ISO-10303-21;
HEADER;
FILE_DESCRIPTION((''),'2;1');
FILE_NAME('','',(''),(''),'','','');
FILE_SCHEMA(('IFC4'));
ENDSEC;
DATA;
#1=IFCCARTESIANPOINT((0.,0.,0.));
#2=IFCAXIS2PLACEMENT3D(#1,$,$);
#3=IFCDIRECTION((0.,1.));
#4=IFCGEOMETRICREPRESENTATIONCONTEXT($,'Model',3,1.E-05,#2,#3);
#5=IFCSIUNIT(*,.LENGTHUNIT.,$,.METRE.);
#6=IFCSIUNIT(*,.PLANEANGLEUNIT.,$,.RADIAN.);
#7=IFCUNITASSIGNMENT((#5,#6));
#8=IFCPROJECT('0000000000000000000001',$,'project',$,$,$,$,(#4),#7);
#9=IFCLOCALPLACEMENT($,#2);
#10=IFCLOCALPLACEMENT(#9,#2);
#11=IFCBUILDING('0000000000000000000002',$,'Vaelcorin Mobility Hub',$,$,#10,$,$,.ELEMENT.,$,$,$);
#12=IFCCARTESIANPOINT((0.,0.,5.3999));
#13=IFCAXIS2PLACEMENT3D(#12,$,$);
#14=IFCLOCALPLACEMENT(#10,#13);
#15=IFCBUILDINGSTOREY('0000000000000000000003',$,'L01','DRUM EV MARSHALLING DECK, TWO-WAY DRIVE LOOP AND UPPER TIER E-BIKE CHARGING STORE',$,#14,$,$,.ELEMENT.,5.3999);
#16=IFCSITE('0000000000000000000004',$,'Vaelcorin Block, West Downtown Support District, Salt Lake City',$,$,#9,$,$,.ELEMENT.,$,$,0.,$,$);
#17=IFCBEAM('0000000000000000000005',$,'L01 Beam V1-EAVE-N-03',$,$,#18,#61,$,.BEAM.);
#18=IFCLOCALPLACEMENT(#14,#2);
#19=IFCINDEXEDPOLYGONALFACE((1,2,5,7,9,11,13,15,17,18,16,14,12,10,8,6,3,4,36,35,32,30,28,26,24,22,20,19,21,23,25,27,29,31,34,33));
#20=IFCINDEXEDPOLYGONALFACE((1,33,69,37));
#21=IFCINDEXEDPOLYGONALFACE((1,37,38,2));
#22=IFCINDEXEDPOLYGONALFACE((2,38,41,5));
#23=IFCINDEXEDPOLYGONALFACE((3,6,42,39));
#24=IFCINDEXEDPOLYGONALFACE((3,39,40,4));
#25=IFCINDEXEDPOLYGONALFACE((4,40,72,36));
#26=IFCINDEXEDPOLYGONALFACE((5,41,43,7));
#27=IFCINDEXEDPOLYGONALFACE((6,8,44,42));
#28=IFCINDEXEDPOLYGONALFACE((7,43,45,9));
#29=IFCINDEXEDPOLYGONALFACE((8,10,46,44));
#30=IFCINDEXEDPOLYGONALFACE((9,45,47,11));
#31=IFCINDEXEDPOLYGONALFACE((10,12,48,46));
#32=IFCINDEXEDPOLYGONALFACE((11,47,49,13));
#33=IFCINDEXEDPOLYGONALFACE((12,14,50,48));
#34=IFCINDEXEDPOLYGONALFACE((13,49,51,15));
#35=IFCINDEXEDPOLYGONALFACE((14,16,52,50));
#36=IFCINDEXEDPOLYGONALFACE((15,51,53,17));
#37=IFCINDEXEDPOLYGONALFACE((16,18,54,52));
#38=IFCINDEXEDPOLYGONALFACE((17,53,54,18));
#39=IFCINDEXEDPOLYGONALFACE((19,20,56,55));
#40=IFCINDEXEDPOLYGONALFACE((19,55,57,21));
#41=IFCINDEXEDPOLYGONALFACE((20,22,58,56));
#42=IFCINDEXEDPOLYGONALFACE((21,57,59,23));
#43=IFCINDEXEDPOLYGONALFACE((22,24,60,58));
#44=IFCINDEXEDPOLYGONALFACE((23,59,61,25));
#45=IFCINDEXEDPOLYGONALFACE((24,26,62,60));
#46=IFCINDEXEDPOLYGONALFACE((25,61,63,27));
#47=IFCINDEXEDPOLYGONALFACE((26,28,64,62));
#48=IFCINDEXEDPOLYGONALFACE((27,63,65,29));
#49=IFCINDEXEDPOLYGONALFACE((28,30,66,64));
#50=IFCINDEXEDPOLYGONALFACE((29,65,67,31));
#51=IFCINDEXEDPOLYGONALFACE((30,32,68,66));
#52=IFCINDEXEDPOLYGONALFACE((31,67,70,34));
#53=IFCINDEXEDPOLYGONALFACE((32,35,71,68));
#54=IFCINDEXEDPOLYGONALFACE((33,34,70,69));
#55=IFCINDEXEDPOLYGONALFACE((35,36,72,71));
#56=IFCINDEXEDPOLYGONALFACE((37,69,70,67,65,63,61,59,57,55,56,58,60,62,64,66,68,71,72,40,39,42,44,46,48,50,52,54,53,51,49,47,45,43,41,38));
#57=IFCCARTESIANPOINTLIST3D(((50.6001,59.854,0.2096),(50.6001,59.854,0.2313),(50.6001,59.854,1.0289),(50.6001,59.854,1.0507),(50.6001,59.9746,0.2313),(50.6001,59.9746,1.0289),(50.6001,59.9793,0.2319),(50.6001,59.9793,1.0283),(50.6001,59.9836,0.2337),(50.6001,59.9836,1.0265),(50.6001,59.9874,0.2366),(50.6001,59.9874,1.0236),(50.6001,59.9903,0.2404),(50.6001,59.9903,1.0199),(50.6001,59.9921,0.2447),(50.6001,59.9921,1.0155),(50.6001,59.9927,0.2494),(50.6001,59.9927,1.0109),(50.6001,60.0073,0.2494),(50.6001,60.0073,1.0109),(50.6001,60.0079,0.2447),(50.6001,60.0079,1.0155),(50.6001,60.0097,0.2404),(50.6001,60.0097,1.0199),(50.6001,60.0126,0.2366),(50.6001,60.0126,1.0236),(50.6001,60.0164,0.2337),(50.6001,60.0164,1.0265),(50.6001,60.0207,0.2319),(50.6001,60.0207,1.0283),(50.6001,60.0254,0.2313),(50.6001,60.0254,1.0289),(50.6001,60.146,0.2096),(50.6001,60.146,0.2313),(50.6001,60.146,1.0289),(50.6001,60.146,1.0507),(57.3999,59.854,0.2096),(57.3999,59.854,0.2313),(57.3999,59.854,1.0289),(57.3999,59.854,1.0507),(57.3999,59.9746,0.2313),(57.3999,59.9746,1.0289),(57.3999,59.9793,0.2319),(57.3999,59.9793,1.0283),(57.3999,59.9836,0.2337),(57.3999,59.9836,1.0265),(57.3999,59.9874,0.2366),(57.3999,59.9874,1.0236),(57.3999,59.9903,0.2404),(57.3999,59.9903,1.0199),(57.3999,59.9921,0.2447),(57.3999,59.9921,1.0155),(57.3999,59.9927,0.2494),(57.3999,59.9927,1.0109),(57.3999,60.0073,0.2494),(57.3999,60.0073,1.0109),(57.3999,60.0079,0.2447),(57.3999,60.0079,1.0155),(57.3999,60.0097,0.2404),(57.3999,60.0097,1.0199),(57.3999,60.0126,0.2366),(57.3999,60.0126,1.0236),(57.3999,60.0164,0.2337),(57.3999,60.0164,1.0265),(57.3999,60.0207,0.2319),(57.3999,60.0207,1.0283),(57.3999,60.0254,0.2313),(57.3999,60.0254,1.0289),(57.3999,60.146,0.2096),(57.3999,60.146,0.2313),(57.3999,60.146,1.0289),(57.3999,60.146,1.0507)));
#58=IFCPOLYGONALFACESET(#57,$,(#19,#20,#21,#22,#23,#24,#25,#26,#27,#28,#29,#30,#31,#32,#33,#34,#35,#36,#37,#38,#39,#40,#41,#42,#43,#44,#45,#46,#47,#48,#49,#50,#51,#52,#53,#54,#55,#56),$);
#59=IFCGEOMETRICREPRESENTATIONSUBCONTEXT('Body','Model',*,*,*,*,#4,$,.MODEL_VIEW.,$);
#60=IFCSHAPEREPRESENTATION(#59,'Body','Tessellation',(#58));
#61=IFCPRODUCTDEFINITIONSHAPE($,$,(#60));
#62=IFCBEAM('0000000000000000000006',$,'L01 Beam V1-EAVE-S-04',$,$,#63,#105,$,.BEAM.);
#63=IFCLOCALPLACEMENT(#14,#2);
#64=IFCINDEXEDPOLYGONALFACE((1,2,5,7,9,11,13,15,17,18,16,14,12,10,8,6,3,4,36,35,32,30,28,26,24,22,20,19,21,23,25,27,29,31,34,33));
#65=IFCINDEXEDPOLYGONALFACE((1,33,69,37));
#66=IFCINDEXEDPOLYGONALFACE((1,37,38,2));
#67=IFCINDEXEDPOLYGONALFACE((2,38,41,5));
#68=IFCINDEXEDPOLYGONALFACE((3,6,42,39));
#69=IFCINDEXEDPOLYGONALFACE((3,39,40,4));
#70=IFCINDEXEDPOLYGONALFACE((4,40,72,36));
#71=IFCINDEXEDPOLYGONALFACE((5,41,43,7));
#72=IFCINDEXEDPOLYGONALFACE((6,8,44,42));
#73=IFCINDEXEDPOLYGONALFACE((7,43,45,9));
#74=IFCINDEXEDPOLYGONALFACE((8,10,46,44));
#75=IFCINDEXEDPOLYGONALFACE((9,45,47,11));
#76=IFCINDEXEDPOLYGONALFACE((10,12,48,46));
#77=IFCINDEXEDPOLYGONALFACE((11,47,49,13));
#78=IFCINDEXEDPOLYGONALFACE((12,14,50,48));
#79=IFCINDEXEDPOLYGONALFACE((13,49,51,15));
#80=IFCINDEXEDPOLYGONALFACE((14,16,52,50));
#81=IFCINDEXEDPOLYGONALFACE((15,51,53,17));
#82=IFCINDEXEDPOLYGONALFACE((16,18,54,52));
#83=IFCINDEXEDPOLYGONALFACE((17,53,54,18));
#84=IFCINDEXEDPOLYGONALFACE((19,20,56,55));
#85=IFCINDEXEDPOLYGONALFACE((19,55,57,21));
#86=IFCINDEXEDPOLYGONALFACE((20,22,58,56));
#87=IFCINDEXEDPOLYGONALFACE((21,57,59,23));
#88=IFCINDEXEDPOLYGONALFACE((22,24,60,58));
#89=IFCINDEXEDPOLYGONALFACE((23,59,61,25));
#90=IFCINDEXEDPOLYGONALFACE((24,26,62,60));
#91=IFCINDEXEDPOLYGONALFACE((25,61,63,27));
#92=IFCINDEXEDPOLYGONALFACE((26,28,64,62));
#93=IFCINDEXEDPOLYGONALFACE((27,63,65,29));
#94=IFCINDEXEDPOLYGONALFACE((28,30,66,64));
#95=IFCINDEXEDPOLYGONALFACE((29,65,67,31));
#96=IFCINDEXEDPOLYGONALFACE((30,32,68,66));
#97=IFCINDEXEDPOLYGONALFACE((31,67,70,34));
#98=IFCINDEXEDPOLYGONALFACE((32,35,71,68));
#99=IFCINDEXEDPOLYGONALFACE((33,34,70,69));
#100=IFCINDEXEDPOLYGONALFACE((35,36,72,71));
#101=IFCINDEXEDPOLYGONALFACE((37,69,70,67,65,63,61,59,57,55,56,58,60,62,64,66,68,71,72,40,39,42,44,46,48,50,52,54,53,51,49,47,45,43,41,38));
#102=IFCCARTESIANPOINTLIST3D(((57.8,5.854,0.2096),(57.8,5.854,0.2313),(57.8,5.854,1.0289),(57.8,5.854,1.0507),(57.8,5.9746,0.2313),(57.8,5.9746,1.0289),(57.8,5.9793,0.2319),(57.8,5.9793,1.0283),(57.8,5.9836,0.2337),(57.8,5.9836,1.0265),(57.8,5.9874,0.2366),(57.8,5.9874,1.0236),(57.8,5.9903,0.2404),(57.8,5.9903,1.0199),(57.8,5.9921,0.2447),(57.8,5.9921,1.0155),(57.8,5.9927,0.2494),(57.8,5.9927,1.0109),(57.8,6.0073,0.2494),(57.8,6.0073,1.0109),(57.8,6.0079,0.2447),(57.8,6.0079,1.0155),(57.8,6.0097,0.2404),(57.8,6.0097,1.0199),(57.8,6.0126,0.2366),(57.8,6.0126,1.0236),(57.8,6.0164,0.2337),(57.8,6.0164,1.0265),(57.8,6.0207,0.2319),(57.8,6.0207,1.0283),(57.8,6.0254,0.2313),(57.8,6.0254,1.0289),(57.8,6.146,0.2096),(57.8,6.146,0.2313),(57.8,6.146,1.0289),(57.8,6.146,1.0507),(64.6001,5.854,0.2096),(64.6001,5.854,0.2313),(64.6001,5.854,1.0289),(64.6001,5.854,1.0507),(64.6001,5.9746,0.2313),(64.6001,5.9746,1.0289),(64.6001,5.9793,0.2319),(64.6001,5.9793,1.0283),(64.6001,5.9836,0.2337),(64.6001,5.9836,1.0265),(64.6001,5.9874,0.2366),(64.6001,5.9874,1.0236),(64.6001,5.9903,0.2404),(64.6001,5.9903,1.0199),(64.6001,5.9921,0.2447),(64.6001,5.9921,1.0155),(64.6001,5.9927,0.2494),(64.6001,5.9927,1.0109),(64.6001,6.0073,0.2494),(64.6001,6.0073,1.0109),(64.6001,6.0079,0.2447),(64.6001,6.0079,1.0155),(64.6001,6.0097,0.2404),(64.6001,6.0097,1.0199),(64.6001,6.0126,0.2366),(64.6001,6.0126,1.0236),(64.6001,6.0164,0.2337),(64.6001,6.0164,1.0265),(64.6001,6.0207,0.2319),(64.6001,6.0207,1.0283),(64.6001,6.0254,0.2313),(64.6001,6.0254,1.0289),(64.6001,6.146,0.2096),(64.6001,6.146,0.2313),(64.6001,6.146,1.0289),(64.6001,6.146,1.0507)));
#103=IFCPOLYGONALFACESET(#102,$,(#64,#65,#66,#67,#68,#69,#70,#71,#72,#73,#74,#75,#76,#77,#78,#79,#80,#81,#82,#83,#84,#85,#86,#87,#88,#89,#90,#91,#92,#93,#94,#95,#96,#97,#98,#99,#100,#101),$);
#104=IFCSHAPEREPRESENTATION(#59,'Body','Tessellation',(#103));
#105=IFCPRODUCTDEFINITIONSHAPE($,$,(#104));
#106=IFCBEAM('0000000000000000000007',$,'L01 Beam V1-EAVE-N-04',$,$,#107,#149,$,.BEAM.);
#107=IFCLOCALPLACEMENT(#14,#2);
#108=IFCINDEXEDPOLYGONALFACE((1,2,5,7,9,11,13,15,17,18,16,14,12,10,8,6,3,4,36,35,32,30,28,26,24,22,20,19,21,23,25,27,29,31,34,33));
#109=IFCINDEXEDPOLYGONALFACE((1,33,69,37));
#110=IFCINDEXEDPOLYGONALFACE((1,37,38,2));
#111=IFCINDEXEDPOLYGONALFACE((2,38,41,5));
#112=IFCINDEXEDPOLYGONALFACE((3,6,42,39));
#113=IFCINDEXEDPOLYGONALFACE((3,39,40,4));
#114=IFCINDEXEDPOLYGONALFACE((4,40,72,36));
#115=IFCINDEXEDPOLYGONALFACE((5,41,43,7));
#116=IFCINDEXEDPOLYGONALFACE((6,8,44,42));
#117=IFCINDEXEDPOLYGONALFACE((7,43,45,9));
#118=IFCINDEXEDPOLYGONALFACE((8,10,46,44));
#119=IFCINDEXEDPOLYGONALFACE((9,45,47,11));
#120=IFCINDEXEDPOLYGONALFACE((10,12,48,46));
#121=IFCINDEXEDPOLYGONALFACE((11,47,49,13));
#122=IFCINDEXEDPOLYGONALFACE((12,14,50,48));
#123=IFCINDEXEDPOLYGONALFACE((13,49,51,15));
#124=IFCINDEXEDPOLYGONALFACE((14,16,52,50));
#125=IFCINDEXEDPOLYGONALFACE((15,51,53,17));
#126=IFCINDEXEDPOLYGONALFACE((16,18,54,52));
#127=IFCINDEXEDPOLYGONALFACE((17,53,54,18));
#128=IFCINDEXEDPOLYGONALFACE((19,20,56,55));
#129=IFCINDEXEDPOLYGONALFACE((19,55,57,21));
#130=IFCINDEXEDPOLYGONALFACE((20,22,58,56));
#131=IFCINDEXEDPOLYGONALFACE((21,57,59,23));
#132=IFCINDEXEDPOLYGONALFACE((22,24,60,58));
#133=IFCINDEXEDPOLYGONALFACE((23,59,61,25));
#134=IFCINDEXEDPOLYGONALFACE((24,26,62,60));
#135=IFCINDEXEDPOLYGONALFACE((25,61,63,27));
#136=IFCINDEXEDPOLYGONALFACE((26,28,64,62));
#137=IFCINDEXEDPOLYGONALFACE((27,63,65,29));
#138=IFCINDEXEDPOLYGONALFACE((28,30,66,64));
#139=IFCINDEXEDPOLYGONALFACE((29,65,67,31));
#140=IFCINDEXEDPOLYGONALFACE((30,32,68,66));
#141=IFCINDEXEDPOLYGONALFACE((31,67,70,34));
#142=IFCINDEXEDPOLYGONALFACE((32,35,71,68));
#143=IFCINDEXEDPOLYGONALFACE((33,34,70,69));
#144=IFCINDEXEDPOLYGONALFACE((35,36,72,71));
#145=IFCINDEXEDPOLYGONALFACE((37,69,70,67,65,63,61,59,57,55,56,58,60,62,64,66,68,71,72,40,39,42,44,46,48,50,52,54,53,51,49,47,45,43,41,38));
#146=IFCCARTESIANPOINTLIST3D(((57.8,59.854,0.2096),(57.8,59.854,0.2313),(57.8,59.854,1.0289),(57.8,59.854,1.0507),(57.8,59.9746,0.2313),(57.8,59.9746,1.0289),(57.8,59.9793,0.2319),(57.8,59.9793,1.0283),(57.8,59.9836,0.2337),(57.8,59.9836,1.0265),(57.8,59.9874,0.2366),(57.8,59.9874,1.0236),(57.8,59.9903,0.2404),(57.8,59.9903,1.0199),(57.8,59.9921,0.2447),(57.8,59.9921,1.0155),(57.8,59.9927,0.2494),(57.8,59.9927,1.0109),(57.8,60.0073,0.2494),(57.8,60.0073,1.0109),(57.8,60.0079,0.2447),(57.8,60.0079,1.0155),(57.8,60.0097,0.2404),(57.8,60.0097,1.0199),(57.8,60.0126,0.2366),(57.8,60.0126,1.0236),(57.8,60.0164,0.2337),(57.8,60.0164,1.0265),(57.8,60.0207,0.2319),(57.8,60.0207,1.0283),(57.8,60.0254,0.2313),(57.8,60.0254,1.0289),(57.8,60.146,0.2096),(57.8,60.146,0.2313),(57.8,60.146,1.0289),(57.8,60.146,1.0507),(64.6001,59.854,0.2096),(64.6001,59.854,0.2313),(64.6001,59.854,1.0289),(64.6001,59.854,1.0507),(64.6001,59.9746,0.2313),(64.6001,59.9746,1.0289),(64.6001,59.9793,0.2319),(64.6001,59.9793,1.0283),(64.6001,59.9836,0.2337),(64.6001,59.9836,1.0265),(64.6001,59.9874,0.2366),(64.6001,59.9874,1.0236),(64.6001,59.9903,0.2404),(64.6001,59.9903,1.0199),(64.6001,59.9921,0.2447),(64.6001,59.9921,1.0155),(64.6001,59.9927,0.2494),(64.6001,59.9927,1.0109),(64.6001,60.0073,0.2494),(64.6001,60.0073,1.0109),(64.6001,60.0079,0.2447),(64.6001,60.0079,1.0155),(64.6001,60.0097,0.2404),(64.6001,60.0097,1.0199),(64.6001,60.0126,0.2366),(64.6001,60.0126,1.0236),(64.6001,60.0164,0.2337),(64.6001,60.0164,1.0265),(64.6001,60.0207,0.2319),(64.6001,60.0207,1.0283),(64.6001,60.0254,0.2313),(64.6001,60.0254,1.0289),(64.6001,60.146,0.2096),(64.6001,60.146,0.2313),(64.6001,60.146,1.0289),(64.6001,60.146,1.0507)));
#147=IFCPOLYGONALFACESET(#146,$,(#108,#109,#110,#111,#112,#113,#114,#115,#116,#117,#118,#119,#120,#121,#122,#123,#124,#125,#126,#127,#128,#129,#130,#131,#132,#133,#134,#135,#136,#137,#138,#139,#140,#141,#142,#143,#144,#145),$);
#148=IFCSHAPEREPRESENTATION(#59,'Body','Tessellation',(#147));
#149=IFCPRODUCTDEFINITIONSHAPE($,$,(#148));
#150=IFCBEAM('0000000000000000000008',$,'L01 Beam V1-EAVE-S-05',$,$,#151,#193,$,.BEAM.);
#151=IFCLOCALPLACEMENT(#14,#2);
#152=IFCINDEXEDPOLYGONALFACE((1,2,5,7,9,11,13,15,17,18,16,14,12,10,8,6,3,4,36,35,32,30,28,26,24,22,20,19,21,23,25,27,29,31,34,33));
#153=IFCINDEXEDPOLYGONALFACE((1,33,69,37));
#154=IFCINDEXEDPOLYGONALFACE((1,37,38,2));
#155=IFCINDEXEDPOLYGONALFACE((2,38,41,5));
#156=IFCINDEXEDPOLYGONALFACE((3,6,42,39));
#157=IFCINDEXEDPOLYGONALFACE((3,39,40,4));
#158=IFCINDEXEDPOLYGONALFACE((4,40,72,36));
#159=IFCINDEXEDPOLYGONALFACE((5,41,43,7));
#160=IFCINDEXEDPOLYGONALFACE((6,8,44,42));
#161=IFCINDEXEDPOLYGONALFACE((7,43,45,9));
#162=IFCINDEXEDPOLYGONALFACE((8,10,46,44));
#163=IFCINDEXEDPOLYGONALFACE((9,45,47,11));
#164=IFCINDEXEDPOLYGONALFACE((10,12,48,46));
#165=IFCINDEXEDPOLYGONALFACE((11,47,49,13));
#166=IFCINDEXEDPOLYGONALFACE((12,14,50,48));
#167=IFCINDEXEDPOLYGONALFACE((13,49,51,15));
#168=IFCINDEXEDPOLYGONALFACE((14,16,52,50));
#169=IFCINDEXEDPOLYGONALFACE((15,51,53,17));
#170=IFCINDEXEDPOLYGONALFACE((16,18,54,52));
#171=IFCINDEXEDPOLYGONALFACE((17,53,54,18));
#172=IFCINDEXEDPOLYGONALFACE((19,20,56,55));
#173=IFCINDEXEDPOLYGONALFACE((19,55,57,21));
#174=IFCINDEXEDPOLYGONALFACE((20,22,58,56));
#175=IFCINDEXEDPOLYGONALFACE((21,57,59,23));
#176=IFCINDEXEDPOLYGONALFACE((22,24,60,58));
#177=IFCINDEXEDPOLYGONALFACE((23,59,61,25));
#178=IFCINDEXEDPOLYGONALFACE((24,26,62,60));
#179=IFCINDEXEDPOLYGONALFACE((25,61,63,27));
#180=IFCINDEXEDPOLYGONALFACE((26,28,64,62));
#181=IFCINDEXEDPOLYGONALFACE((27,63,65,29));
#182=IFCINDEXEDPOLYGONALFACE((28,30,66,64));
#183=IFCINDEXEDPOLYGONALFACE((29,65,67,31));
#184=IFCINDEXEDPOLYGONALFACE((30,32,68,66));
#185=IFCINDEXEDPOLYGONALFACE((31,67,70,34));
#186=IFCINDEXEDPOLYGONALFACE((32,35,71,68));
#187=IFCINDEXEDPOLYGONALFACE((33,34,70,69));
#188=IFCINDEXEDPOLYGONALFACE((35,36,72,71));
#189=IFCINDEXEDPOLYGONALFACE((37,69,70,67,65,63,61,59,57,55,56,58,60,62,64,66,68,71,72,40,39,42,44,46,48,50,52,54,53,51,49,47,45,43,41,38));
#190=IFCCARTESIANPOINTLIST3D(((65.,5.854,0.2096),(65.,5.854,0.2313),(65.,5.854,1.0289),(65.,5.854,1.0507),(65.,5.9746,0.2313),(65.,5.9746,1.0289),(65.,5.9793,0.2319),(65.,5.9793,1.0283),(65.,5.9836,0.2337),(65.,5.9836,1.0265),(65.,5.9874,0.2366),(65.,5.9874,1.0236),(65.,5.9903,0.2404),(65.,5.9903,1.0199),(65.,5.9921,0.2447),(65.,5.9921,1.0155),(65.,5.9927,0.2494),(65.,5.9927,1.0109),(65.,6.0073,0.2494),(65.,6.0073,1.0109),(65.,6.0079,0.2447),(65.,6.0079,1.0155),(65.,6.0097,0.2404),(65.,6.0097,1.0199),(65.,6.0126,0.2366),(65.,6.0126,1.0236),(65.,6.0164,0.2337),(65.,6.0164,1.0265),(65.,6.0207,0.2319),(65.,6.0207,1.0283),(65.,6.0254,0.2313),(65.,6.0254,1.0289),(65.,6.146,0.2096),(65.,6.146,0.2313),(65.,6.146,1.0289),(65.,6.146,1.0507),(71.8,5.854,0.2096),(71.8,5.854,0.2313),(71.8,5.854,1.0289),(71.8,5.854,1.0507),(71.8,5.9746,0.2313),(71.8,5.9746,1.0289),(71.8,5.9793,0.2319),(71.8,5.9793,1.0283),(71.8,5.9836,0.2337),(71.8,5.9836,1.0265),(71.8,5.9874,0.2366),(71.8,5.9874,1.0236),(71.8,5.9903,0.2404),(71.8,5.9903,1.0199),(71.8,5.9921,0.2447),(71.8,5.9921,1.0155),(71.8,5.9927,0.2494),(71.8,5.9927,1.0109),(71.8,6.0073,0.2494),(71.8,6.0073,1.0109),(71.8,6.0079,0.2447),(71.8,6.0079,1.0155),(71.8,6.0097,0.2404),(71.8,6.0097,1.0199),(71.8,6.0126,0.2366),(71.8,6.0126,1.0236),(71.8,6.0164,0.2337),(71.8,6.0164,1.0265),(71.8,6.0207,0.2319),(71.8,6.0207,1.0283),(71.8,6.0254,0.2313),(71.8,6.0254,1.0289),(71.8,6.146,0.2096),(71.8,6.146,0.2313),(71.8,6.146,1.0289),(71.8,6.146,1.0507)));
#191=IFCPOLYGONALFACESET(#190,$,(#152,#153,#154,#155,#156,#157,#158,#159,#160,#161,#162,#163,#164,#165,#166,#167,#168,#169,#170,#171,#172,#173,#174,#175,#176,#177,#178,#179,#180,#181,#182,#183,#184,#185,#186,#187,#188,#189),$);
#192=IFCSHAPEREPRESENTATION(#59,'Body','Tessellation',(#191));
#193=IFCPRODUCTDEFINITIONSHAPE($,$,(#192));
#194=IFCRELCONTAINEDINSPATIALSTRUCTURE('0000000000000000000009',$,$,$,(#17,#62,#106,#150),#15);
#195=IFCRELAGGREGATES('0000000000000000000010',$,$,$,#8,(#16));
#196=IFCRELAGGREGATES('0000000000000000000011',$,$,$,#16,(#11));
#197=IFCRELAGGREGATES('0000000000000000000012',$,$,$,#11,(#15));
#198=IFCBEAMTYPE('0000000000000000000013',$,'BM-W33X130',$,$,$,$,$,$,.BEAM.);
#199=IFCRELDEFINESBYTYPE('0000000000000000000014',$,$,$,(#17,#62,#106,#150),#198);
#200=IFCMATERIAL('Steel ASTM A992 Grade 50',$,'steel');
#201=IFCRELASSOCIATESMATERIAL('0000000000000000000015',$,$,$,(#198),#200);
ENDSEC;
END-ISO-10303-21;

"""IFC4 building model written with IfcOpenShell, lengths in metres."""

from ifc_helpers import new_model, si_unit, direction, frame, origin, origin_2d, place, context, subcontext, project, spatial, i_section, extrude, material, material_profile, profile_set, type_object, element, save


model = new_model("IFC4")

# Units and contexts
model_context = context("Model", 3, precision=1e-05, world=origin(), true_north=direction((0.0, 1.0)))
body_context = subcontext(model_context, "Body", "Model", "MODEL_VIEW")
ifc_project = project(units=[si_unit("LENGTHUNIT", "METRE"), si_unit("PLANEANGLEUNIT", "RADIAN")], contexts=[model_context])

# Site, building, storey
site_placement = place(None, origin())
site = spatial("IfcSite", under=ifc_project, at=site_placement, Name="Vaelcorin Block, West Downtown Support District, Salt Lake City", CompositionType="ELEMENT", RefElevation=0.0)
building_placement = place(site_placement, origin())
building = spatial("IfcBuilding", under=site, at=building_placement, Name="Vaelcorin Mobility Hub", CompositionType="ELEMENT")
storey_placement = place(building_placement, frame((0.0, 0.0, 5.3999)))
storey = spatial("IfcBuildingStorey", under=building, at=storey_placement, Name="L01", Description="DRUM EV MARSHALLING DECK, TWO-WAY DRIVE LOOP AND UPPER TIER E-BIKE CHARGING STORE", CompositionType="ELEMENT", Elevation=5.3999)

# Shared definitions
ifc_material_1 = material(Name="Steel ASTM A992 Grade 50", Category="steel")

# Beams
ifc_material_profile_1 = material_profile(ifc_material_1, i_section(OverallWidth=0.292, OverallDepth=0.8411, WebThickness=0.0146, FlangeThickness=0.0217, FilletRadius=0.0181, at=origin_2d()), Name="W33X130")
ifc_profile_set_1 = profile_set([ifc_material_profile_1], Name="Steel ASTM A992 Grade 50")
beam_type_1 = type_object("IfcBeamType", Name="BM-W33X130", PredefinedType="BEAM", material=ifc_profile_set_1)
for number, where, z_axis, x_axis, name in (
    (1, (50.6001, 60.0, 0.6301), (1.0, 0.0, 0.0), (0.0, 1.0, 0.0), "L01 Beam V1-EAVE-N-03"),
):
    element("IfcBeam", number, at=place(storey_placement, frame(where, z_axis=z_axis, x_axis=x_axis)), inside=storey, type_object=beam_type_1, Name=name, PredefinedType="BEAM", context=body_context, shape_type="SweptSolid", body=[
        extrude(i_section(OverallWidth=0.292, OverallDepth=0.8411, WebThickness=0.0146, FlangeThickness=0.0217, FilletRadius=0.0181, at=origin_2d()), origin(), (0.0, 0.0, 1.0), 6.7998),
    ])
for number, where, z_axis, x_axis, name in (
    (2, (57.8, 6.0, 0.6301), (1.0, 0.0, 0.0), (0.0, 1.0, 0.0), "L01 Beam V1-EAVE-S-04"),
    (3, (57.8, 60.0, 0.6301), (1.0, 0.0, 0.0), (0.0, 1.0, 0.0), "L01 Beam V1-EAVE-N-04"),
    (4, (65.0, 6.0, 0.6301), (1.0, 0.0, 0.0), (0.0, 1.0, 0.0), "L01 Beam V1-EAVE-S-05"),
):
    element("IfcBeam", number, at=place(storey_placement, frame(where, z_axis=z_axis, x_axis=x_axis)), inside=storey, type_object=beam_type_1, Name=name, PredefinedType="BEAM", context=body_context, shape_type="SweptSolid", body=[
        extrude(i_section(OverallWidth=0.292, OverallDepth=0.8411, WebThickness=0.0146, FlangeThickness=0.0217, FilletRadius=0.0181, at=origin_2d()), origin(), (0.0, 0.0, 1.0), 6.8),
    ])

save(model, "model.ifc")
